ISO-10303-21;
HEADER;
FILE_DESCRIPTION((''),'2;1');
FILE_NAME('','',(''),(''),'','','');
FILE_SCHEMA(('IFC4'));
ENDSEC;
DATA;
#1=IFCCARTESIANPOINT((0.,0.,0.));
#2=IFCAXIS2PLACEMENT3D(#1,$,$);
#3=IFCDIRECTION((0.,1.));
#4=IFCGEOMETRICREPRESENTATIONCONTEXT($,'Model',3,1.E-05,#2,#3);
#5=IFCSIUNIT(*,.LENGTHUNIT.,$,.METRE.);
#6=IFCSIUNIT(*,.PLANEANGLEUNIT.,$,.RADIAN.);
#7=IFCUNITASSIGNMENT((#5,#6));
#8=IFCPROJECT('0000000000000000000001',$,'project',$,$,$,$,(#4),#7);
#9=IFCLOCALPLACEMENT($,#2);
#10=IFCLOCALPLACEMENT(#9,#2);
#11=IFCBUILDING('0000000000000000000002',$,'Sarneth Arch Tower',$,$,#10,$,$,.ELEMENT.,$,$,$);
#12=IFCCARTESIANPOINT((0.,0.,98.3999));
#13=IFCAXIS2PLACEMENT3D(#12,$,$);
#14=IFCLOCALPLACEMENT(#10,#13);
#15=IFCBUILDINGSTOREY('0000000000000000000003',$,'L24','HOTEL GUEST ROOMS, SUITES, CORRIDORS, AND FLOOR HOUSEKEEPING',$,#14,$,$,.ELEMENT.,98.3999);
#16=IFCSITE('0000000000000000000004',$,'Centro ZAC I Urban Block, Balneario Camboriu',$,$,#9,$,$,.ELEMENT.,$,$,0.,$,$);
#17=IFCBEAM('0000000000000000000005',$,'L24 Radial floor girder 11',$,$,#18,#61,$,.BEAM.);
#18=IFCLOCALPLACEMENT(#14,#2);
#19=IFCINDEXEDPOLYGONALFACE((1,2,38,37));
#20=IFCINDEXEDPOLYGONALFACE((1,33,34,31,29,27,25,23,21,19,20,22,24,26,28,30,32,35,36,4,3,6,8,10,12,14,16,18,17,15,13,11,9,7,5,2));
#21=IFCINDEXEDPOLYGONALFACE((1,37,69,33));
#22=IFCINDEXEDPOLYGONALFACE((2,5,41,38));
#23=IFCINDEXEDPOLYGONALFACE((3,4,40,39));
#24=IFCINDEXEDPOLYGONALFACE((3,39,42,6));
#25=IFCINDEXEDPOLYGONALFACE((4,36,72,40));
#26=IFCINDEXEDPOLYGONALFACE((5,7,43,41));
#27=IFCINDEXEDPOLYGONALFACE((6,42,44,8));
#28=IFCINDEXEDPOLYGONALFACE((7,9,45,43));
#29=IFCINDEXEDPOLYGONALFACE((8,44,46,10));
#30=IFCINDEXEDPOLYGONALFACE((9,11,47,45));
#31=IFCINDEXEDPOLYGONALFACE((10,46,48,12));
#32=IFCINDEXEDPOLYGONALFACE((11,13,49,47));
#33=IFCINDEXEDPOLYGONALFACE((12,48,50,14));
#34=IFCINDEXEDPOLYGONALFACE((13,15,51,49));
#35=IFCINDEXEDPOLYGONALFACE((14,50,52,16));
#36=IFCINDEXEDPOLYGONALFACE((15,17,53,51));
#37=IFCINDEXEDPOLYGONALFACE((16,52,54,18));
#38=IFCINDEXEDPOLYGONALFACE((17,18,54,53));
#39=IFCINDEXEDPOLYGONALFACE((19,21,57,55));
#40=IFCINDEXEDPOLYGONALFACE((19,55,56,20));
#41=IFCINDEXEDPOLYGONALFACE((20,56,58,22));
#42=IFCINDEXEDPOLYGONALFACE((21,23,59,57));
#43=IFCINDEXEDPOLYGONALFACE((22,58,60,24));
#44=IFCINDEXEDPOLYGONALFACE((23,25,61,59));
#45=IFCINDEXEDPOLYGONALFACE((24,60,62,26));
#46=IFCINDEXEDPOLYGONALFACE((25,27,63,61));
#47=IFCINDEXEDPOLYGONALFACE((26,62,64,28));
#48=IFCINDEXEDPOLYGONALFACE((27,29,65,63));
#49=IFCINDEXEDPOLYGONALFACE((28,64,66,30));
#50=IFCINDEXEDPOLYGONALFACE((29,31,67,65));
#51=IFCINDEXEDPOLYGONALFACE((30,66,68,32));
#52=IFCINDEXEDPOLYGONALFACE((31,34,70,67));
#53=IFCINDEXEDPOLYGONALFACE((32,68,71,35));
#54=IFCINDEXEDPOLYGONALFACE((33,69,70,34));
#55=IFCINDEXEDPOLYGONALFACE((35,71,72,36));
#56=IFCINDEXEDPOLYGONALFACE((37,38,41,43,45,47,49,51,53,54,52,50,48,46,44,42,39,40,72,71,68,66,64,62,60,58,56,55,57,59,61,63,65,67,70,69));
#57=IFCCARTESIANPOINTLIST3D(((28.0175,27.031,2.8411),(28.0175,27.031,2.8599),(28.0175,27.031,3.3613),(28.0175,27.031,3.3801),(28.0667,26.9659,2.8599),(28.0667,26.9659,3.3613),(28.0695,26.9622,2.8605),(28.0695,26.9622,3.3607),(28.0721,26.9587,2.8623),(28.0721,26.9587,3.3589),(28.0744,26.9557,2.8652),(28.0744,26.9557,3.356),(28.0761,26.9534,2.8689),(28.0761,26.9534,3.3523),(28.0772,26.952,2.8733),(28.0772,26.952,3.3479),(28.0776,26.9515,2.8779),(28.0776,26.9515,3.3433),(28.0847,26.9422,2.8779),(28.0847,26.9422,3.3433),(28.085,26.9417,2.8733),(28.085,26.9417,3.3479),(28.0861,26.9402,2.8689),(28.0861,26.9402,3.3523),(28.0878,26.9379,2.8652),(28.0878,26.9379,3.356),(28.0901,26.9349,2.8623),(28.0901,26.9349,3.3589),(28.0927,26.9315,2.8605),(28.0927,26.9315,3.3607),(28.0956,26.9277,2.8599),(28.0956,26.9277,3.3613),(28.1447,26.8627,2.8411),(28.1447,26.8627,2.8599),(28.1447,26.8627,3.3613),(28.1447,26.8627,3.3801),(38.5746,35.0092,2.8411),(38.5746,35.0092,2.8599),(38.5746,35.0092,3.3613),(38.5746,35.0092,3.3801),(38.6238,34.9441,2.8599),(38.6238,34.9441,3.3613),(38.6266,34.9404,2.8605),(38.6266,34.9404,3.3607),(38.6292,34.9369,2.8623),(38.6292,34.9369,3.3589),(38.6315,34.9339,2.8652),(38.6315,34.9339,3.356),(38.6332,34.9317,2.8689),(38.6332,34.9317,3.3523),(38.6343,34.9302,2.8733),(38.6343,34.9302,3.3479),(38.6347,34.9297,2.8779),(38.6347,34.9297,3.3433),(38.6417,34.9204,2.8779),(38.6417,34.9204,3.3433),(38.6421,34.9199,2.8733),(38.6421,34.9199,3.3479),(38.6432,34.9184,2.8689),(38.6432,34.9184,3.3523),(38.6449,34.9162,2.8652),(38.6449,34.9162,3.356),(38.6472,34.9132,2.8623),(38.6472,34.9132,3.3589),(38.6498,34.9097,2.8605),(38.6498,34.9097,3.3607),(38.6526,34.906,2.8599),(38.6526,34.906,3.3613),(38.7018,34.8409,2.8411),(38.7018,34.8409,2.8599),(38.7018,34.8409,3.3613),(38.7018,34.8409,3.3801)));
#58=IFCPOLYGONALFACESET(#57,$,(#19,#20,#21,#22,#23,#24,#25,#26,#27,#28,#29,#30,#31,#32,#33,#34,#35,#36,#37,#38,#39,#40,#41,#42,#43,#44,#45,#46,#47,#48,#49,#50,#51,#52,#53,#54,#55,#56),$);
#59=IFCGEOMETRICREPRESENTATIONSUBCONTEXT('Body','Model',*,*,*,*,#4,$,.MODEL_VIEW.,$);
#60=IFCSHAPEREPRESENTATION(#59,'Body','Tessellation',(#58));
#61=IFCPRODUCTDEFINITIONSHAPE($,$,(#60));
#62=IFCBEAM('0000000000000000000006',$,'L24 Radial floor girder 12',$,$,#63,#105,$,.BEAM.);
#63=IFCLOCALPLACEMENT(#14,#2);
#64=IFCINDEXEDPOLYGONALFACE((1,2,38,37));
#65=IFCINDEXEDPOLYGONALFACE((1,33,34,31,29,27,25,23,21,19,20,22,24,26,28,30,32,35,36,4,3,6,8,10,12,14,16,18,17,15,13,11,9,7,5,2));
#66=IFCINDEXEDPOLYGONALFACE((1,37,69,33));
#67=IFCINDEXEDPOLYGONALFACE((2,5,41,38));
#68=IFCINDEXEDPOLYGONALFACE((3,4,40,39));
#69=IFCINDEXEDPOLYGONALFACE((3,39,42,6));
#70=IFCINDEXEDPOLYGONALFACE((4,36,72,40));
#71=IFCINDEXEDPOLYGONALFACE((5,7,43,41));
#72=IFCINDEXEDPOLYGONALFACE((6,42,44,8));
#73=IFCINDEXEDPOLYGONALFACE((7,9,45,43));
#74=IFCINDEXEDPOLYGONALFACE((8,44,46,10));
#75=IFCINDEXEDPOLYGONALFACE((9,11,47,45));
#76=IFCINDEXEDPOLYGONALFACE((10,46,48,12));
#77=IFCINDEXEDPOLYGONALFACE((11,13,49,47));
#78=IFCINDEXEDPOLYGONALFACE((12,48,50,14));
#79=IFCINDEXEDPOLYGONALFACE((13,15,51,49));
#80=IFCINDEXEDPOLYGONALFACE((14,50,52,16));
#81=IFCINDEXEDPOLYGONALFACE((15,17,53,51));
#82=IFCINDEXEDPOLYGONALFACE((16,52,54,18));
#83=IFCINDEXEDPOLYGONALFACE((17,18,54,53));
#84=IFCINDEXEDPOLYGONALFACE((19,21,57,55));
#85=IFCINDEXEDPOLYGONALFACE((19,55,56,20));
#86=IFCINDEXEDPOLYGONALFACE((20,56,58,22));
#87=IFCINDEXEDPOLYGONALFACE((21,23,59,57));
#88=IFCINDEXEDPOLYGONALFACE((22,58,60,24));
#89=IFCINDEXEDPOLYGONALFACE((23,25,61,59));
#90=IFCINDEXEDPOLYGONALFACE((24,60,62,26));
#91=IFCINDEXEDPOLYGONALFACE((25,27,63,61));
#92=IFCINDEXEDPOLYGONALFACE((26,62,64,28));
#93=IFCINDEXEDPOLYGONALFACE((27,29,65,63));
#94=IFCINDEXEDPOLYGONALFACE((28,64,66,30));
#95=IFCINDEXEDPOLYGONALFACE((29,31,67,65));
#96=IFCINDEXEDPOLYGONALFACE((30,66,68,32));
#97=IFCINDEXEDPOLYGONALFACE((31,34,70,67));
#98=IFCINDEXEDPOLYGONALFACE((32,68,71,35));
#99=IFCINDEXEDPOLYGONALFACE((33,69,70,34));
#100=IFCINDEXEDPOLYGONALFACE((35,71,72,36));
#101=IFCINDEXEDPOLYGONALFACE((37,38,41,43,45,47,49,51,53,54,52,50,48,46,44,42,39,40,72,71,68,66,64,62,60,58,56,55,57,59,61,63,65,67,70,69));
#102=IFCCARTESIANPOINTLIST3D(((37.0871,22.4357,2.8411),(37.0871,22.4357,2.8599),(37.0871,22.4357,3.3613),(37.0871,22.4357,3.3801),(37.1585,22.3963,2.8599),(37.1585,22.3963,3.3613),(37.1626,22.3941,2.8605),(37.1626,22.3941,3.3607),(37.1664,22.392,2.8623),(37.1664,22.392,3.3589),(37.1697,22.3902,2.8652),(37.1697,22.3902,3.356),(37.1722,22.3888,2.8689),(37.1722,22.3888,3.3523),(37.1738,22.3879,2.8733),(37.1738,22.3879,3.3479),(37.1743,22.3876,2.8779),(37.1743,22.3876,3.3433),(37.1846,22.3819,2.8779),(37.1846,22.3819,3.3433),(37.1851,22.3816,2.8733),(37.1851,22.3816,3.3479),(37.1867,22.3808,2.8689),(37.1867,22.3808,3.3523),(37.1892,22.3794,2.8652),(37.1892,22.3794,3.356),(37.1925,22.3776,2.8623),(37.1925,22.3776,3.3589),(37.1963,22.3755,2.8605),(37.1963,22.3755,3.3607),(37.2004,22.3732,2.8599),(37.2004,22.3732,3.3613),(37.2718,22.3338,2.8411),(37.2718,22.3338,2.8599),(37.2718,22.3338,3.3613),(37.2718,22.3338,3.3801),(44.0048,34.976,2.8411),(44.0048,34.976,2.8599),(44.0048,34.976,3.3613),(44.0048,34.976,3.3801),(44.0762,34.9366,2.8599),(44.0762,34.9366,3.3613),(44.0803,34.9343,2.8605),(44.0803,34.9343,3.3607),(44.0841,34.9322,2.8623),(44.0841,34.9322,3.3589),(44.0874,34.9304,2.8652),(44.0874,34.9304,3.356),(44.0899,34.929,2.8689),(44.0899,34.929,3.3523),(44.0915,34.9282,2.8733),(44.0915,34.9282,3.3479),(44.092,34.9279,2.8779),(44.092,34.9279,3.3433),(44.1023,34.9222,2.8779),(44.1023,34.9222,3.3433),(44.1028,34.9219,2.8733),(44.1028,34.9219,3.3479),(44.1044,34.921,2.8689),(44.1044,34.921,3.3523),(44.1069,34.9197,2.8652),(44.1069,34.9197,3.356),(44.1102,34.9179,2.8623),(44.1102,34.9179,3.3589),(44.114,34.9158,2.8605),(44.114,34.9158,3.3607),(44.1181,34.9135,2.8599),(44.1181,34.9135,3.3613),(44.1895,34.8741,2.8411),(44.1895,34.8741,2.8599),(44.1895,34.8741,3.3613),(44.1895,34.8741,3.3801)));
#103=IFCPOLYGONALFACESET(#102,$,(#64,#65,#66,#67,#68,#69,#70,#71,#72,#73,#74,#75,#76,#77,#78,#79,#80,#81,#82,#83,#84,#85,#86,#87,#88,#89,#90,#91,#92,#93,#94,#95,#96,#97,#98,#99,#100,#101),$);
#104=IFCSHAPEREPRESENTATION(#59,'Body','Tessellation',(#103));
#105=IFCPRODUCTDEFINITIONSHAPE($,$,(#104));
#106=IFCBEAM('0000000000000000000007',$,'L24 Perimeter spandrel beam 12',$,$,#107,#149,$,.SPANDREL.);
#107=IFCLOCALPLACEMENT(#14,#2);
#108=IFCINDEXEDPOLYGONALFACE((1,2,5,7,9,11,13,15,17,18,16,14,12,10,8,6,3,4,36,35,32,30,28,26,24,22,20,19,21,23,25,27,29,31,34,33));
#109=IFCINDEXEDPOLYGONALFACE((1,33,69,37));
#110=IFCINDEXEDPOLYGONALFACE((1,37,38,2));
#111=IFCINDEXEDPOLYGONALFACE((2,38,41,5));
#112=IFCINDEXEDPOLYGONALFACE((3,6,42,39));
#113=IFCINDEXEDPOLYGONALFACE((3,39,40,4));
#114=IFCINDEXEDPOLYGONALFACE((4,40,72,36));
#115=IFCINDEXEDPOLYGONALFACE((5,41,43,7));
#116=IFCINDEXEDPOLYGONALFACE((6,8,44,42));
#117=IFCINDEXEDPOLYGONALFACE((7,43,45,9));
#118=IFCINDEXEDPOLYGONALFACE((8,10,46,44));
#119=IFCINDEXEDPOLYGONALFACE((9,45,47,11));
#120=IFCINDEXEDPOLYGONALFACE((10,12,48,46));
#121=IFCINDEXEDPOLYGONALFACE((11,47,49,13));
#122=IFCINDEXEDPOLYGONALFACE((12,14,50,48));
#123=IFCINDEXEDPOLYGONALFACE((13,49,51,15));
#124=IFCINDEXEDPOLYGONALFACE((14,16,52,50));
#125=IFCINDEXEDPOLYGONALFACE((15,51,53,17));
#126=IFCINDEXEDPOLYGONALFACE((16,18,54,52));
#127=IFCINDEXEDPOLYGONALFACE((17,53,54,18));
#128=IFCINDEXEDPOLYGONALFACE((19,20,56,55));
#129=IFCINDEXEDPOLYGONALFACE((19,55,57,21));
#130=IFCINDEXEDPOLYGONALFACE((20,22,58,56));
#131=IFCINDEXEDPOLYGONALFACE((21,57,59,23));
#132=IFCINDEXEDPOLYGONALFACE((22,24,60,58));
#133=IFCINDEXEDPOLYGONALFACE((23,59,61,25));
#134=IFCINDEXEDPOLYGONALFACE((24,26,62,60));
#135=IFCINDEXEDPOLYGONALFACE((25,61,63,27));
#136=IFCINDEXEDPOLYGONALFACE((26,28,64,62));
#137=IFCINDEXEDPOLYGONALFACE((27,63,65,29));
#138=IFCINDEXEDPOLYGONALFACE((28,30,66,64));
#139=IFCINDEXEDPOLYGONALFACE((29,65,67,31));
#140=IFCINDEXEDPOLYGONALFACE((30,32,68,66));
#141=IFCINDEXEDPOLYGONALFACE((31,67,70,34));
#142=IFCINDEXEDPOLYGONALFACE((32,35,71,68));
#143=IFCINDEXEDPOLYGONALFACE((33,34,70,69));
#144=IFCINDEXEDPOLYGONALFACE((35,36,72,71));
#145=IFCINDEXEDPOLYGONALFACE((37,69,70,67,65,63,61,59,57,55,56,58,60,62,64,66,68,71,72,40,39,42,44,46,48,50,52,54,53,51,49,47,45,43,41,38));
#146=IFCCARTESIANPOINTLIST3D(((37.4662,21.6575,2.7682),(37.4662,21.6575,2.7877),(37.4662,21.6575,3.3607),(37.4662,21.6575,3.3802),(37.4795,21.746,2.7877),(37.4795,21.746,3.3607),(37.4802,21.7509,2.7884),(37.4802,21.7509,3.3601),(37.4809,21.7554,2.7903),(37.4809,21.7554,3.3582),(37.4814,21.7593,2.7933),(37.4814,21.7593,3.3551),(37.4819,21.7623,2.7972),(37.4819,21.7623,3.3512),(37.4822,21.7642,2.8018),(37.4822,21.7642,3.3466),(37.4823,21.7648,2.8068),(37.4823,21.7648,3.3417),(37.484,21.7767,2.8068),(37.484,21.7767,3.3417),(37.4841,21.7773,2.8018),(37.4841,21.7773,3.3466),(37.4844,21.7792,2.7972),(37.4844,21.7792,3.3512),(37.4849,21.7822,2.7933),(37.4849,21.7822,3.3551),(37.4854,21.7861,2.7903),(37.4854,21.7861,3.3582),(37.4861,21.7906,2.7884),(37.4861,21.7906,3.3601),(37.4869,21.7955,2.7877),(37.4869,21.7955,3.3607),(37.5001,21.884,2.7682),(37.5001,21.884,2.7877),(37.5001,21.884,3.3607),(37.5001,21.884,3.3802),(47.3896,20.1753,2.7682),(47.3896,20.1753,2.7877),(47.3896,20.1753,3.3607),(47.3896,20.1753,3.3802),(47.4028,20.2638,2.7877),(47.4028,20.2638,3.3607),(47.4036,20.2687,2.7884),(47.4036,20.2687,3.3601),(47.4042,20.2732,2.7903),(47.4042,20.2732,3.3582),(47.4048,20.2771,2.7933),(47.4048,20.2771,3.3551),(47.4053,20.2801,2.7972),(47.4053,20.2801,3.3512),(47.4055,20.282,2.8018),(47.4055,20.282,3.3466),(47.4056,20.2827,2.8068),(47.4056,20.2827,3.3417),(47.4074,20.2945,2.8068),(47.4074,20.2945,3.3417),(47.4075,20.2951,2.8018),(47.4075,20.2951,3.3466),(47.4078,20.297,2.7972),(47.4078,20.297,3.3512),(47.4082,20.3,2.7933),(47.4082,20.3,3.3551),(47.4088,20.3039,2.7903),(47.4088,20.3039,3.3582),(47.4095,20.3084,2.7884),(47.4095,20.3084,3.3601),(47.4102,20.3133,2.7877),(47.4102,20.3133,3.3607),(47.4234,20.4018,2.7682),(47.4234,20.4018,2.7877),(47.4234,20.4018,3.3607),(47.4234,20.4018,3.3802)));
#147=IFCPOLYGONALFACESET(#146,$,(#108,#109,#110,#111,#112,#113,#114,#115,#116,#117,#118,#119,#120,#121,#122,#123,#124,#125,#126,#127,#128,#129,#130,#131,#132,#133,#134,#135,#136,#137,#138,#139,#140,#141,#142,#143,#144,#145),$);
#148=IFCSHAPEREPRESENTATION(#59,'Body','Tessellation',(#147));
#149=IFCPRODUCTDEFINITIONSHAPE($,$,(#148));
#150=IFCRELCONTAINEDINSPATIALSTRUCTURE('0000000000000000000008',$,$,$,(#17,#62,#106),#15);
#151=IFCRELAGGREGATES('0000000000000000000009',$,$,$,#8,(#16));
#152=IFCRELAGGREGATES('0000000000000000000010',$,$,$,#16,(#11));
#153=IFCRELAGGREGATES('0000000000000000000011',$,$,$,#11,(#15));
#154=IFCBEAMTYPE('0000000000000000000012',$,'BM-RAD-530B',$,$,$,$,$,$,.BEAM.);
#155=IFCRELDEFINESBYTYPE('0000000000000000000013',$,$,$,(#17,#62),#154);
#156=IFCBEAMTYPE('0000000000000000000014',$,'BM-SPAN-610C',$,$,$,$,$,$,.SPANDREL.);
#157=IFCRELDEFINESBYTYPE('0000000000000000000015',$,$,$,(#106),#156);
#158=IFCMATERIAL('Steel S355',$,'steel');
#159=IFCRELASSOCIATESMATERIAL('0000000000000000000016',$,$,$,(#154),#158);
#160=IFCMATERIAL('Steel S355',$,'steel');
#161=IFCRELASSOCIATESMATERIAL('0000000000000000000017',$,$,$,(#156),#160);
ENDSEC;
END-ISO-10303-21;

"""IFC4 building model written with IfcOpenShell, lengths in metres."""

from ifc_helpers import new_model, si_unit, direction, frame, origin, origin_2d, place, context, subcontext, project, spatial, i_section, extrude, material, material_profile, profile_set, type_object, element, save


model = new_model("IFC4")

# Units and contexts
model_context = context("Model", 3, precision=1e-05, world=origin(), true_north=direction((0.0, 1.0)))
body_context = subcontext(model_context, "Body", "Model", "MODEL_VIEW")
ifc_project = project(units=[si_unit("LENGTHUNIT", "METRE"), si_unit("PLANEANGLEUNIT", "RADIAN")], contexts=[model_context])

# Site, building, storey
site_placement = place(None, origin())
site = spatial("IfcSite", under=ifc_project, at=site_placement, Name="Centro ZAC I Urban Block, Balneario Camboriu", CompositionType="ELEMENT", RefElevation=0.0)
building_placement = place(site_placement, origin())
building = spatial("IfcBuilding", under=site, at=building_placement, Name="Sarneth Arch Tower", CompositionType="ELEMENT")
storey_placement = place(building_placement, frame((0.0, 0.0, 98.3999)))
storey = spatial("IfcBuildingStorey", under=building, at=storey_placement, Name="L24", Description="HOTEL GUEST ROOMS, SUITES, CORRIDORS, AND FLOOR HOUSEKEEPING", CompositionType="ELEMENT", Elevation=98.3999)

# Beams
ifc_material_1 = material(Name="Steel S355", Category="steel")
ifc_material_profile_1 = material_profile(ifc_material_1, i_section(OverallWidth=0.2109, OverallDepth=0.5391, WebThickness=0.0117, FlangeThickness=0.0188, FilletRadius=0.0181, at=origin_2d()), Name="W530x109")
ifc_profile_set_1 = profile_set([ifc_material_profile_1], Name="Steel S355")
beam_type_1 = type_object("IfcBeamType", Name="BM-RAD-530B", PredefinedType="BEAM", material=ifc_profile_set_1)
beam_1_placement = place(storey_placement, frame((38.6382, 34.925, 3.1106), z_axis=(-0.797803, -0.602918, 0.0), x_axis=(0.602918, -0.797803, 0.0)))
element("IfcBeam", 1, at=beam_1_placement, inside=storey, type_object=beam_type_1, Name="L24 Radial floor girder 11", PredefinedType="BEAM", context=body_context, shape_type="SweptSolid", body=[
    extrude(i_section(OverallWidth=0.2109, OverallDepth=0.5391, WebThickness=0.0117, FlangeThickness=0.0188, FilletRadius=0.0181, at=origin_2d()), origin(), (0.0, 0.0, 1.0), 13.2327),
])
beam_2_placement = place(storey_placement, frame((44.0972, 34.925, 3.1106), z_axis=(-0.483021, -0.875609, 0.0), x_axis=(0.875609, -0.483021, 0.0)))
element("IfcBeam", 2, at=beam_2_placement, inside=storey, type_object=beam_type_1, Name="L24 Radial floor girder 12", PredefinedType="BEAM", context=body_context, shape_type="SweptSolid", body=[
    extrude(i_section(OverallWidth=0.2109, OverallDepth=0.5391, WebThickness=0.0117, FlangeThickness=0.0188, FilletRadius=0.0181, at=origin_2d()), origin(), (0.0, 0.0, 1.0), 14.3218),
])
ifc_material_2 = material(Name="Steel S355", Category="steel")
ifc_material_profile_2 = material_profile(ifc_material_2, i_section(OverallWidth=0.229, OverallDepth=0.6121, WebThickness=0.012, FlangeThickness=0.0195, FilletRadius=0.019, at=origin_2d()), Name="W610x125")
ifc_profile_set_2 = profile_set([ifc_material_profile_2], Name="Steel S355")
beam_type_2 = type_object("IfcBeamType", Name="BM-SPAN-610C", PredefinedType="SPANDREL", material=ifc_profile_set_2)
beam_3_placement = place(storey_placement, frame((37.4832, 21.7708, 3.0742), z_axis=(0.989029, -0.147724, 0.0), x_axis=(0.147724, 0.989029, 0.0)))
element("IfcBeam", 3, at=beam_3_placement, inside=storey, type_object=beam_type_2, Name="L24 Perimeter spandrel beam 12", PredefinedType="SPANDREL", context=body_context, shape_type="SweptSolid", body=[
    extrude(i_section(OverallWidth=0.229, OverallDepth=0.6121, WebThickness=0.012, FlangeThickness=0.0195, FilletRadius=0.019, at=origin_2d()), origin(), (0.0, 0.0, 1.0), 10.0334),
])

save(model, "model.ifc")
